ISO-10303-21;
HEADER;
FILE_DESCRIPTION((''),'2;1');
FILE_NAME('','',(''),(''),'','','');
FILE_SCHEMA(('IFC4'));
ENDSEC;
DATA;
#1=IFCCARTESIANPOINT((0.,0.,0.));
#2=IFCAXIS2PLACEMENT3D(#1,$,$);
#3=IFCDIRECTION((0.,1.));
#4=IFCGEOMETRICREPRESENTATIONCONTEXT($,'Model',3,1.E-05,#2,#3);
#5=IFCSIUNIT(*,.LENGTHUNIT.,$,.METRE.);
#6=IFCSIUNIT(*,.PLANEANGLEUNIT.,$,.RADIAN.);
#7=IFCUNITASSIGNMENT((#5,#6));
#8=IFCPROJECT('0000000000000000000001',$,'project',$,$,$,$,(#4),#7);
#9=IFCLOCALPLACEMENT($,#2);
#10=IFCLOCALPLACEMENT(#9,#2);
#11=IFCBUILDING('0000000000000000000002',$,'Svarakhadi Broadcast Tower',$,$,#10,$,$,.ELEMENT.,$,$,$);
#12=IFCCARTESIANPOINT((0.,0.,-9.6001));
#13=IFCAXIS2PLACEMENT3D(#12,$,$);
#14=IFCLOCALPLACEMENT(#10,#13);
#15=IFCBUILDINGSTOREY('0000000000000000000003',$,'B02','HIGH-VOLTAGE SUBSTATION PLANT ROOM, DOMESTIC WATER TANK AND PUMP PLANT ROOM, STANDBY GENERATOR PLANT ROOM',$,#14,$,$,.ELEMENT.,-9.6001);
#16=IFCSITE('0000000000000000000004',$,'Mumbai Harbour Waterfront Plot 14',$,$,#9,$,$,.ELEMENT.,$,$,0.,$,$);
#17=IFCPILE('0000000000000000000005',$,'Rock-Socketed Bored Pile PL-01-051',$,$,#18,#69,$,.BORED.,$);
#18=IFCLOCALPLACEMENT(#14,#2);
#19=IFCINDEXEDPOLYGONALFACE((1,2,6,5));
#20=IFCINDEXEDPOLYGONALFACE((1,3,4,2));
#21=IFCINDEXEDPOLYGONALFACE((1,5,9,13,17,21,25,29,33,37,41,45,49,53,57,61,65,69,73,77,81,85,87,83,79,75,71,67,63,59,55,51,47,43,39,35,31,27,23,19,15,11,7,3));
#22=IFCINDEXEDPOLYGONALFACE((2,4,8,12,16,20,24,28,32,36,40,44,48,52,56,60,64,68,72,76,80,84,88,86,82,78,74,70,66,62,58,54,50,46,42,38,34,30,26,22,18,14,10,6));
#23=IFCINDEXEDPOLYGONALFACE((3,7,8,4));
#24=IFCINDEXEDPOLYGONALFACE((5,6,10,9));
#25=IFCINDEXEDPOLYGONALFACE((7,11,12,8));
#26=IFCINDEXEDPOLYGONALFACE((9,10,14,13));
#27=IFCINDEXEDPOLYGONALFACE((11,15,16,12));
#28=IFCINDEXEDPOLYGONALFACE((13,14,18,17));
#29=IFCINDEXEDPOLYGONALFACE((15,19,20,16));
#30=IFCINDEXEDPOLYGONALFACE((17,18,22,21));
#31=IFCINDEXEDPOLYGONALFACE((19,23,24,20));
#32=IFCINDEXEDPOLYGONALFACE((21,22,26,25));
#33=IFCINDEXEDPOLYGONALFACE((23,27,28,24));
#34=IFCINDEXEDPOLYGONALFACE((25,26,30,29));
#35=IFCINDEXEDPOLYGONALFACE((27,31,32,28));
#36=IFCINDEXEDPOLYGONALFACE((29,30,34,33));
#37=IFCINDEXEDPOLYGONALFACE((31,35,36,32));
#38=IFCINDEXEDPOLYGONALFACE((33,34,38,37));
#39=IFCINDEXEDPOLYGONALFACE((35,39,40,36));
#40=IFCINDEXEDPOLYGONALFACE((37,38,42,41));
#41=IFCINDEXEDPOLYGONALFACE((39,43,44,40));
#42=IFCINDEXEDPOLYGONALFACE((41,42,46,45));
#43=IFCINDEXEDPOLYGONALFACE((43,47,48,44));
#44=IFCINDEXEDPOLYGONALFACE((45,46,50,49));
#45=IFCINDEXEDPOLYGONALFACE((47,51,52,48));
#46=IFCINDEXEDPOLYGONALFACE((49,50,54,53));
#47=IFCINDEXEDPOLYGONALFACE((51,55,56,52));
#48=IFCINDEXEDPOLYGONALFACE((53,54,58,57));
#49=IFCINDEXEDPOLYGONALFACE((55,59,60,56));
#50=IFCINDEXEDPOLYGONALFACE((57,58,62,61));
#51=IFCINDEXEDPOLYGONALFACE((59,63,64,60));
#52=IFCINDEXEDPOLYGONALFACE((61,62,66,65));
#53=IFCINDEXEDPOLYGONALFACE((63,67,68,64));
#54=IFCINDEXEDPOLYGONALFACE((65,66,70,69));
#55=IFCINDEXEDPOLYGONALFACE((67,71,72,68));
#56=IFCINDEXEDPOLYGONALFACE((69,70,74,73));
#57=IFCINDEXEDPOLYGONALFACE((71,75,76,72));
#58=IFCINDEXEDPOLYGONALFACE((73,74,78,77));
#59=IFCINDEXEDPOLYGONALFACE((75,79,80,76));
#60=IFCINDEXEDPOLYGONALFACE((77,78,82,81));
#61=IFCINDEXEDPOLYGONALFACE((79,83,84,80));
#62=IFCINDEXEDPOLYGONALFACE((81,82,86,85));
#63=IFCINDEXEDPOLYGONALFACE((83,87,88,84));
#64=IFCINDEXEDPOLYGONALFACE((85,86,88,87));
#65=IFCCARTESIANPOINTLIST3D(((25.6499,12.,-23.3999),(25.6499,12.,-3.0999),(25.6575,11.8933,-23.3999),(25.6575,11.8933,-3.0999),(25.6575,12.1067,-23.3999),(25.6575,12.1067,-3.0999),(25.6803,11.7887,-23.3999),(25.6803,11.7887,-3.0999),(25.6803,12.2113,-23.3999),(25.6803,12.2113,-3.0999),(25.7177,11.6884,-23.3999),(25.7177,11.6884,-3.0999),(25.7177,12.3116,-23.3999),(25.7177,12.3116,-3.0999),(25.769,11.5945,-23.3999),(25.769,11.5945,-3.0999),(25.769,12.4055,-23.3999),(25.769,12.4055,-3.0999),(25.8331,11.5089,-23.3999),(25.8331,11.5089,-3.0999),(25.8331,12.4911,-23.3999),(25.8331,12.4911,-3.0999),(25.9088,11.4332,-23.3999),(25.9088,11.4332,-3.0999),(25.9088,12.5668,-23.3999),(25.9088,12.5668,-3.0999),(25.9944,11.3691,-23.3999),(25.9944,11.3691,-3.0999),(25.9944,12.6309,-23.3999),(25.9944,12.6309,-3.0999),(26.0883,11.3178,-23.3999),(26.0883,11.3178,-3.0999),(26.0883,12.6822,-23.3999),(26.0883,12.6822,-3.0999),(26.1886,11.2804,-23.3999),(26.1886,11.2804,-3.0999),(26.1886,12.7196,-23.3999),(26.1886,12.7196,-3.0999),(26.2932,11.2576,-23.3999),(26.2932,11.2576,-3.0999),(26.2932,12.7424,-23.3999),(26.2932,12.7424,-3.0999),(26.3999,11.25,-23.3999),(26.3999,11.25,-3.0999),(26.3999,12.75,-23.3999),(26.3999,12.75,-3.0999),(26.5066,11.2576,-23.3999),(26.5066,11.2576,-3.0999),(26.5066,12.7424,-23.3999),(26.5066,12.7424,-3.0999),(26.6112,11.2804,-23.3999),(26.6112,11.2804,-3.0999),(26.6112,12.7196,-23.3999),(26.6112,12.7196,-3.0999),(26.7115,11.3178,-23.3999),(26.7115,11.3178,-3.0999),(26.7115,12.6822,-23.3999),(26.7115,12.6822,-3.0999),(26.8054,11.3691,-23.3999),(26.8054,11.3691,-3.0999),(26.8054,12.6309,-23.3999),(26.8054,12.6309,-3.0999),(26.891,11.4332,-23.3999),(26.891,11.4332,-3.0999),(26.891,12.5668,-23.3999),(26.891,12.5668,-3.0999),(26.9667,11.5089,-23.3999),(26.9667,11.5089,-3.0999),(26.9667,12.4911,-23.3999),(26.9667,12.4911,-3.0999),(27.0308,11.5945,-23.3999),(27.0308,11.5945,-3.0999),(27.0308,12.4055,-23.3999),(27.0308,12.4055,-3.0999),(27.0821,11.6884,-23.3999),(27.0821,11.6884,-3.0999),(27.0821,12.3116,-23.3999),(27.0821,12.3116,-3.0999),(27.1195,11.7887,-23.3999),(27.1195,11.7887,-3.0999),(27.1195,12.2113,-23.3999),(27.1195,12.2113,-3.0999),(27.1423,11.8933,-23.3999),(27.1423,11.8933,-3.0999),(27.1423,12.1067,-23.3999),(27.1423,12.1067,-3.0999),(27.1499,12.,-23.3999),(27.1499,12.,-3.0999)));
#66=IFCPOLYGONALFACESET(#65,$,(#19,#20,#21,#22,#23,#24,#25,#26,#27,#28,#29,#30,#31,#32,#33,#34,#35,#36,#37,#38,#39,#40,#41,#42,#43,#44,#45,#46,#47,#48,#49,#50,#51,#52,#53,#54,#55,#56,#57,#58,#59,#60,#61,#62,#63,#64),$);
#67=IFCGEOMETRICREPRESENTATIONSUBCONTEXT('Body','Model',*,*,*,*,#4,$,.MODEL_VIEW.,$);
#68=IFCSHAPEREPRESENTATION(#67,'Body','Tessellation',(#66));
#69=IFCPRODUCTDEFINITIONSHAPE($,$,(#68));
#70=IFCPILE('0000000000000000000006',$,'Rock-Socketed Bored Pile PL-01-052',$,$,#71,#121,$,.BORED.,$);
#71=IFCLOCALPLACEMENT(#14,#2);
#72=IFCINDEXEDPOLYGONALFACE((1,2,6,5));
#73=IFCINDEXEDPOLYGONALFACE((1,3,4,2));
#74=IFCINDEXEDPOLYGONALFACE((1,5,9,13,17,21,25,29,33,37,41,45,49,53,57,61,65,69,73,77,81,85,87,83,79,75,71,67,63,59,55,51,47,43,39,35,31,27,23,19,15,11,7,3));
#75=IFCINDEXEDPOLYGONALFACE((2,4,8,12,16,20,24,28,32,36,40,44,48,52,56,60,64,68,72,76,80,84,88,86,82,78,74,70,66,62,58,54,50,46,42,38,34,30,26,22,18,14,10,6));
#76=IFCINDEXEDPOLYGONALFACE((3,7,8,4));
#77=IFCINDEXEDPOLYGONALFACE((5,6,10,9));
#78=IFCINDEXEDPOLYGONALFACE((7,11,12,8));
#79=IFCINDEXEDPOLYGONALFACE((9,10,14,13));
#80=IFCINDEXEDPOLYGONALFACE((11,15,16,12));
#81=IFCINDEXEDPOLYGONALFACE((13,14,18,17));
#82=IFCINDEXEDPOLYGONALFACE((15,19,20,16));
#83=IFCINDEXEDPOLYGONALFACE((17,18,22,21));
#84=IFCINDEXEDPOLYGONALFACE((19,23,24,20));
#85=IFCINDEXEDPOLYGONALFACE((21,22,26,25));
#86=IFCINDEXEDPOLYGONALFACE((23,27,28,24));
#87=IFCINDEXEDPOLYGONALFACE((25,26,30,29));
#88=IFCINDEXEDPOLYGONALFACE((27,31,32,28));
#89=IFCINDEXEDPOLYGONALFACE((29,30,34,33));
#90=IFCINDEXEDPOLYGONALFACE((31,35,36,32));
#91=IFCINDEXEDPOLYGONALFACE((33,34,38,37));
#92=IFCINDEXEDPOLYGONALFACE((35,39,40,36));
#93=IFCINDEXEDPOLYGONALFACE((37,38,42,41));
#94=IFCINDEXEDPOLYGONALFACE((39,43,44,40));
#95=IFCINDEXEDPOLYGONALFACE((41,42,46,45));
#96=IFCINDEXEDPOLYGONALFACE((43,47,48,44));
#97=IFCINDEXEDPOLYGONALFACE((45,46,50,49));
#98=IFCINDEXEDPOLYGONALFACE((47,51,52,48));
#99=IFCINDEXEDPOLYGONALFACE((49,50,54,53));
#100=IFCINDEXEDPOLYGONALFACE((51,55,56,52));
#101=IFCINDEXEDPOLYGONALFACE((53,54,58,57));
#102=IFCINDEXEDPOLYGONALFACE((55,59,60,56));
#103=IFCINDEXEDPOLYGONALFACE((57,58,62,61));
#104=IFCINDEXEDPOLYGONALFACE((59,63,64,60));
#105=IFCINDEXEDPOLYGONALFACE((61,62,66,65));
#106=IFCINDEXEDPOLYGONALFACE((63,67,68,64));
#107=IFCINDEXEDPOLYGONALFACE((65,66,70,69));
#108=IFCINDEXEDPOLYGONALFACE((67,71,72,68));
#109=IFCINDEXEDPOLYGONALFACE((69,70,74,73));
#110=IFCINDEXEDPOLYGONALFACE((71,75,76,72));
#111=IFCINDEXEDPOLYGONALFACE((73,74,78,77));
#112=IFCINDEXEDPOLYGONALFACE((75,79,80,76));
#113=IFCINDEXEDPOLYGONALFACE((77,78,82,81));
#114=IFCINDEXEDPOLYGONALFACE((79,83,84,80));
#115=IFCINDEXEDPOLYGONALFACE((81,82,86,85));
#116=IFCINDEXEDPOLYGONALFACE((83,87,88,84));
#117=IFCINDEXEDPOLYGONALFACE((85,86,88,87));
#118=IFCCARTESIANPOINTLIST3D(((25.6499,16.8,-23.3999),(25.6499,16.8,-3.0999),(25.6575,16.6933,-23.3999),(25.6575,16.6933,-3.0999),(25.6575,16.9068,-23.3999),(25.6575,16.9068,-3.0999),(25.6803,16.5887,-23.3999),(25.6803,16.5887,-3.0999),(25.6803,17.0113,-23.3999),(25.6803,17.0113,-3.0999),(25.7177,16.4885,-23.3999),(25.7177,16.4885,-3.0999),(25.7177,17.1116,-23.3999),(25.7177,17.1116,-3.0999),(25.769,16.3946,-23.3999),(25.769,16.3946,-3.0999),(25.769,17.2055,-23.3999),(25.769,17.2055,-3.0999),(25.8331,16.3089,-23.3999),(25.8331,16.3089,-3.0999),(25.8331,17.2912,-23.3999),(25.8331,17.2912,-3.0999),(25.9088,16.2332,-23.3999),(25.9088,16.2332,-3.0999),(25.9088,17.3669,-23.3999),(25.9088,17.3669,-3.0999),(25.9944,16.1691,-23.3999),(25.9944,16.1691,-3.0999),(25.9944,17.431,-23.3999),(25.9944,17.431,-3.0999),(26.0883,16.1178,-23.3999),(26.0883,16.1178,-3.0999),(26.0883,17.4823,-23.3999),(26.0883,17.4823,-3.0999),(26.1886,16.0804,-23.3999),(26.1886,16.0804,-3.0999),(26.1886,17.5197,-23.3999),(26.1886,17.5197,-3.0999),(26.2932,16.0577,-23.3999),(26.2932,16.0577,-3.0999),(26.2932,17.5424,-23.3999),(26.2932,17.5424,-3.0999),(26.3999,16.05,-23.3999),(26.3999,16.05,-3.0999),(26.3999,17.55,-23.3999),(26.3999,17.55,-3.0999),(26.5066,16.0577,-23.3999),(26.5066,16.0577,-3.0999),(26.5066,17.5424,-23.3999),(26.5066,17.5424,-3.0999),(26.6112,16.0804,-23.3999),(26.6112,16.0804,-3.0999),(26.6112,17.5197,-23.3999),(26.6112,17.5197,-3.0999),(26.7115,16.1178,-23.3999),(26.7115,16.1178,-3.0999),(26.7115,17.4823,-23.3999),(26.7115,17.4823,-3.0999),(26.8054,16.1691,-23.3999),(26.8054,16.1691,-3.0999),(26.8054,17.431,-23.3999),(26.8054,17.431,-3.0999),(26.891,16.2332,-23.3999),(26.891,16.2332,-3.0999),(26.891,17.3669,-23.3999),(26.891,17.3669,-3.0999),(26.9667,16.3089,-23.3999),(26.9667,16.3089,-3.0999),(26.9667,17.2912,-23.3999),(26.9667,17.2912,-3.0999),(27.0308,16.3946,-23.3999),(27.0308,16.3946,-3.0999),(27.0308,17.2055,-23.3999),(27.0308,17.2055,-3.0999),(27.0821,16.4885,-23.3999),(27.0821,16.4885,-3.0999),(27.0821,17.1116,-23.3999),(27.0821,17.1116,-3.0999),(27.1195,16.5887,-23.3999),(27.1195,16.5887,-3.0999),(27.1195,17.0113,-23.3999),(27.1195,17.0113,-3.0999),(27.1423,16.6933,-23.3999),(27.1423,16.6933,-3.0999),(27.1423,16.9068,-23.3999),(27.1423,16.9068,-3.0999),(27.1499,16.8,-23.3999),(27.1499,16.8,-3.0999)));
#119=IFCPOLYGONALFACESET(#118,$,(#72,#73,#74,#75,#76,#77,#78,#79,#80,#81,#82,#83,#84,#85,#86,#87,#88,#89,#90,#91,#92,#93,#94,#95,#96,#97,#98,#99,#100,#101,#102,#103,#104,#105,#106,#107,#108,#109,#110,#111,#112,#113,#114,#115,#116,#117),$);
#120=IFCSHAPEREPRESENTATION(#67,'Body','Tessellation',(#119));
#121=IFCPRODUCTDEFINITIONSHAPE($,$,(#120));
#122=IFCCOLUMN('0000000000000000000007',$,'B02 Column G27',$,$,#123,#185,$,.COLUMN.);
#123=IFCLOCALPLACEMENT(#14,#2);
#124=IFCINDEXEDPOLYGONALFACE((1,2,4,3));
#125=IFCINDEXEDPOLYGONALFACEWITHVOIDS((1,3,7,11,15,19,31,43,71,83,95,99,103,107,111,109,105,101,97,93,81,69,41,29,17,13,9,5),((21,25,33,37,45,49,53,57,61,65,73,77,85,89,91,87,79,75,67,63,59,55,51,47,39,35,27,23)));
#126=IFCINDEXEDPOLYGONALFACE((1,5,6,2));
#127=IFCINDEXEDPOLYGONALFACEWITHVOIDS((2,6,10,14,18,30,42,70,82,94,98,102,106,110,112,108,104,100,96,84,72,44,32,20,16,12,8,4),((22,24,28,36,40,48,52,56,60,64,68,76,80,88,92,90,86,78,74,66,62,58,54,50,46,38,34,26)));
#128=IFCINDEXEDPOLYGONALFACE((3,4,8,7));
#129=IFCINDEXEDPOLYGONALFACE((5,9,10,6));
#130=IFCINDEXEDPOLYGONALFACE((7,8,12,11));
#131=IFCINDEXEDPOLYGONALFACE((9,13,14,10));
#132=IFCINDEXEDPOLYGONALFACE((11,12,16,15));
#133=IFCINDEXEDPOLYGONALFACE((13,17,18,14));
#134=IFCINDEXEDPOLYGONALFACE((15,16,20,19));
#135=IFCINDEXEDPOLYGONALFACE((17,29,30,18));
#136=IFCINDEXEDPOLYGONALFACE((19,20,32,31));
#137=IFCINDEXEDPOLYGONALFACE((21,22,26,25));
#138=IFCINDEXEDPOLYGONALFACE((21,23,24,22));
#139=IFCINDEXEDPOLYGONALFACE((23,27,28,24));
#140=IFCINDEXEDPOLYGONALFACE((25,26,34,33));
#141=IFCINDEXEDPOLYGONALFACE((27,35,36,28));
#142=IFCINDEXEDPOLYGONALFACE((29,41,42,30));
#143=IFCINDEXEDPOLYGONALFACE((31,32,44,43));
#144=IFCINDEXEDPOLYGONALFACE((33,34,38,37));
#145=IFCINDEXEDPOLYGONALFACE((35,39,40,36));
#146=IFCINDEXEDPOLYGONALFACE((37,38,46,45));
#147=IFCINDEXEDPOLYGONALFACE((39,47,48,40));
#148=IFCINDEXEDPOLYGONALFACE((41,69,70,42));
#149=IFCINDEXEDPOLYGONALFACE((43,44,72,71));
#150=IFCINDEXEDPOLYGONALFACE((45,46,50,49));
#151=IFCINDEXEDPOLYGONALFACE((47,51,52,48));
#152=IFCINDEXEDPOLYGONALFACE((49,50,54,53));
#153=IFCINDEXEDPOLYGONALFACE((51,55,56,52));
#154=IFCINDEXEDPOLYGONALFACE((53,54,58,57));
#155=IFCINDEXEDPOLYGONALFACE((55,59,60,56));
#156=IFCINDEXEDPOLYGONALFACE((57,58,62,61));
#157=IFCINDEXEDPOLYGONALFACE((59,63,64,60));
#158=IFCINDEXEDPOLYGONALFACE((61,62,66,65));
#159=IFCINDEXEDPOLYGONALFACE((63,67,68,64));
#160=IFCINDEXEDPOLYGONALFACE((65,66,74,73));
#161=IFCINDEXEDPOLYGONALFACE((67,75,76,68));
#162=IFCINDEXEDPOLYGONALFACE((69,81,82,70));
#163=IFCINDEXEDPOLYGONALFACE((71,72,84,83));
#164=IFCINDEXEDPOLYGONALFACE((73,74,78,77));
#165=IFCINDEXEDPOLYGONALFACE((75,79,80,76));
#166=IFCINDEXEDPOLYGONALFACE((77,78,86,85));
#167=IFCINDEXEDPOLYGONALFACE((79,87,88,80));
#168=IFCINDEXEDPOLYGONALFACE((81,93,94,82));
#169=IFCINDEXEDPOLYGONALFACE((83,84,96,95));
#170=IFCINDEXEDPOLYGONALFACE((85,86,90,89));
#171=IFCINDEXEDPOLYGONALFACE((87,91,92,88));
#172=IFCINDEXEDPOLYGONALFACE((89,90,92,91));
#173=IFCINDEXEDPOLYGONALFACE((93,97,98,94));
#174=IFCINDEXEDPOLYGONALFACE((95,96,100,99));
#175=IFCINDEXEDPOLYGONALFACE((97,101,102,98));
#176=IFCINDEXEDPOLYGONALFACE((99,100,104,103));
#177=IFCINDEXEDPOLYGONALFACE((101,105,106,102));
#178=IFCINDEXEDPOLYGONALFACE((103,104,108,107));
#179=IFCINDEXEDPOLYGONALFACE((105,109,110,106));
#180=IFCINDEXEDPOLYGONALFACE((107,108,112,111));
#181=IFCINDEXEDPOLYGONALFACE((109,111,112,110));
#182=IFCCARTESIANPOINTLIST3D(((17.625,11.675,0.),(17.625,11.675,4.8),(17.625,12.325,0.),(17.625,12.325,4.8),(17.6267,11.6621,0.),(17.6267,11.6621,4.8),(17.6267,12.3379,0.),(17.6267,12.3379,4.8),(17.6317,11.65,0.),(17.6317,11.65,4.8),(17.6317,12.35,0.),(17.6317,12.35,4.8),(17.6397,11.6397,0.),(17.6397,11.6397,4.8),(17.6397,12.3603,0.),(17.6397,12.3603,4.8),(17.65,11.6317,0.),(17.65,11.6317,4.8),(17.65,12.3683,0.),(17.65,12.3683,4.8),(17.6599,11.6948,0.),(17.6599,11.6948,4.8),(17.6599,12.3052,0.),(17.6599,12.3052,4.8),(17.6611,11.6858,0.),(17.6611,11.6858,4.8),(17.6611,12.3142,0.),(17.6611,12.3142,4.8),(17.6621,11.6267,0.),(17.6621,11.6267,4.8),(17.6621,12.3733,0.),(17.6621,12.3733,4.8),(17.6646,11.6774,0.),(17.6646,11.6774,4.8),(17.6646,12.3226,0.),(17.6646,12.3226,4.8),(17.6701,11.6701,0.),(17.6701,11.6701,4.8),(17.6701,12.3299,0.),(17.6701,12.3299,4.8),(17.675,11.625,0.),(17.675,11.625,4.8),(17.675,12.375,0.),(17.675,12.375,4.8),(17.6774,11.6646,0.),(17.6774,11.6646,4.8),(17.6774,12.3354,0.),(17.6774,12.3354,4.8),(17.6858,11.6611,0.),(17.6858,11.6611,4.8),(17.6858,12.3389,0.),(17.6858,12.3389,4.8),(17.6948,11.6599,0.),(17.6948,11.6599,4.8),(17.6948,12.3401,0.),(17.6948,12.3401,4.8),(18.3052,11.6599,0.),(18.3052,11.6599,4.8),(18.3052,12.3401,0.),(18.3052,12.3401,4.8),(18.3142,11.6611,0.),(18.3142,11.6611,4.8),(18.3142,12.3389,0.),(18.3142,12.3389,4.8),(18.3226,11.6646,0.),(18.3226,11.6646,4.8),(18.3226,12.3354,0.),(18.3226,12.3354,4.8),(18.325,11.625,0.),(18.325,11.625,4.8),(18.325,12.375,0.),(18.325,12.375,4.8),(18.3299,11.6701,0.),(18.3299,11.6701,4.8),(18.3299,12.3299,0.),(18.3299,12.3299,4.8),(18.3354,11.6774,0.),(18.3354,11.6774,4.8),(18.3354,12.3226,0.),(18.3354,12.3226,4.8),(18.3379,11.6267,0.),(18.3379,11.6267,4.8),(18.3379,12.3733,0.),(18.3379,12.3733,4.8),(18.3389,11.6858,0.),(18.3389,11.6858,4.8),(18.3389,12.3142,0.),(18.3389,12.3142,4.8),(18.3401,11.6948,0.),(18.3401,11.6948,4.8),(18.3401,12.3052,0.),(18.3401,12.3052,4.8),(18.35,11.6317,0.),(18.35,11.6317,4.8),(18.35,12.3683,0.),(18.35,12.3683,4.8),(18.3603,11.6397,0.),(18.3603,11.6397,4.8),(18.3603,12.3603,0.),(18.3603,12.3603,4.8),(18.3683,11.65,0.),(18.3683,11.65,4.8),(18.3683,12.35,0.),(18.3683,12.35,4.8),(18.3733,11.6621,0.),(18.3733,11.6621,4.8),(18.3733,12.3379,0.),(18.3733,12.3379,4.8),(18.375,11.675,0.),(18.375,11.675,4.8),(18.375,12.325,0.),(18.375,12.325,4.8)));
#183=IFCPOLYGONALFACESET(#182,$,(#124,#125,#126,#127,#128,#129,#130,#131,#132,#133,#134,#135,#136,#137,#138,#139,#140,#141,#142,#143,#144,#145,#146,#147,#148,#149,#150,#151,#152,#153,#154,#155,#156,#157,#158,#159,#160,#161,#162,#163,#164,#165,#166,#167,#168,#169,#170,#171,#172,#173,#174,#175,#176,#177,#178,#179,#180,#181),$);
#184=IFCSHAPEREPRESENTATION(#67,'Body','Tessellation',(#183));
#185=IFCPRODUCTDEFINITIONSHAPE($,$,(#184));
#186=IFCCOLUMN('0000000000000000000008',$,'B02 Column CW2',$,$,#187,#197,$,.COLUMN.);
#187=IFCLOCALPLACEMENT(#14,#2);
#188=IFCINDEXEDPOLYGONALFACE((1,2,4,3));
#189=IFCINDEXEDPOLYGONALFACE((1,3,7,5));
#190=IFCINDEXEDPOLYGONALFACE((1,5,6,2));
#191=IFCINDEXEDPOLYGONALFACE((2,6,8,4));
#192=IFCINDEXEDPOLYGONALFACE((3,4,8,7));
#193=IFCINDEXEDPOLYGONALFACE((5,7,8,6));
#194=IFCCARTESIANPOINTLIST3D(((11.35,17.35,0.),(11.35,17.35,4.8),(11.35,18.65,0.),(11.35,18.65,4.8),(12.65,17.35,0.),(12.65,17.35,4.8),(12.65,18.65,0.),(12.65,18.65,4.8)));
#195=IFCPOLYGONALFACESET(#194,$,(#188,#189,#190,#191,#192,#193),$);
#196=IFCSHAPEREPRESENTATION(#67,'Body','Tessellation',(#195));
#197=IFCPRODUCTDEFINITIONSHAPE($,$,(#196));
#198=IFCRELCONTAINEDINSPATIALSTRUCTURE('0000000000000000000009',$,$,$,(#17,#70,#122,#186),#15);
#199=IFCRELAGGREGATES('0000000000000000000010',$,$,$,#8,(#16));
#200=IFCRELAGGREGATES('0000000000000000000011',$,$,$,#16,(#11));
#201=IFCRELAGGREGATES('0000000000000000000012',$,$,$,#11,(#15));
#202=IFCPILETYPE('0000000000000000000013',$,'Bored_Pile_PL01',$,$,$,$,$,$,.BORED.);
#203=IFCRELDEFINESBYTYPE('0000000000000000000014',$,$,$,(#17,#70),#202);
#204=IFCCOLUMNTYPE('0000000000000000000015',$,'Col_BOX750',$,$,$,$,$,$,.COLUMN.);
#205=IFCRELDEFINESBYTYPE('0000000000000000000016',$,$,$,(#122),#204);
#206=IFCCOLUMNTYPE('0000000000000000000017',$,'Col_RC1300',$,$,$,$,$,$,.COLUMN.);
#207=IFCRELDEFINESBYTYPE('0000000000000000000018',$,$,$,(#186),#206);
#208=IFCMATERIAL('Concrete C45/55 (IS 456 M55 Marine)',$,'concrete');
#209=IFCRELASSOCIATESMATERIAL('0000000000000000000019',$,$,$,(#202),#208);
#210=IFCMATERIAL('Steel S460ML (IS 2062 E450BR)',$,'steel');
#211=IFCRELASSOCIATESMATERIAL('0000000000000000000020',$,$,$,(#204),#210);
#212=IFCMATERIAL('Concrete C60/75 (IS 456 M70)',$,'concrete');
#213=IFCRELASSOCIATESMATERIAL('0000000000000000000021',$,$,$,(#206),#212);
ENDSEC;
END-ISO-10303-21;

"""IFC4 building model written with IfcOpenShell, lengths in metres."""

from ifc_helpers import new_model, si_unit, direction, frame, origin, origin_2d, place, context, subcontext, project, spatial, rectangle, hollow_rectangle, circle, extrude, material, material_profile, profile_set, type_object, element, save


model = new_model("IFC4")

# Units and contexts
model_context = context("Model", 3, precision=1e-05, world=origin(), true_north=direction((0.0, 1.0)))
body_context = subcontext(model_context, "Body", "Model", "MODEL_VIEW")
ifc_project = project(units=[si_unit("LENGTHUNIT", "METRE"), si_unit("PLANEANGLEUNIT", "RADIAN")], contexts=[model_context])

# Site, building, storey
site_placement = place(None, origin())
site = spatial("IfcSite", under=ifc_project, at=site_placement, Name="Mumbai Harbour Waterfront Plot 14", CompositionType="ELEMENT", RefElevation=0.0)
building_placement = place(site_placement, origin())
building = spatial("IfcBuilding", under=site, at=building_placement, Name="Svarakhadi Broadcast Tower", CompositionType="ELEMENT")
storey_placement = place(building_placement, frame((0.0, 0.0, -9.6001)))
storey = spatial("IfcBuildingStorey", under=building, at=storey_placement, Name="B02", Description="HIGH-VOLTAGE SUBSTATION PLANT ROOM, DOMESTIC WATER TANK AND PUMP PLANT ROOM, STANDBY GENERATOR PLANT ROOM", CompositionType="ELEMENT", Elevation=-9.6001)

# Piles
ifc_material_1 = material(Name="Concrete C45/55 (IS 456 M55 Marine)", Category="concrete")
ifc_material_profile_1 = material_profile(ifc_material_1, circle(Radius=0.75, at=origin_2d()), Name="PILE D1500")
ifc_profile_set_1 = profile_set([ifc_material_profile_1], Name="Concrete C45/55 (IS 456 M55 Marine)")
pile_type = type_object("IfcPileType", Name="Bored_Pile_PL01", PredefinedType="BORED", material=ifc_profile_set_1)
for number, where, z_axis, x_axis, name in (
    (1, (26.3999, 12.0, -3.0999), (0.0, 0.0, -1.0), (1.0, 0.0, 0.0), "Rock-Socketed Bored Pile PL-01-051"),
    (2, (26.3999, 16.8, -3.0999), (0.0, 0.0, -1.0), (1.0, 0.0, 0.0), "Rock-Socketed Bored Pile PL-01-052"),
):
    element("IfcPile", number, at=place(storey_placement, frame(where, z_axis=z_axis, x_axis=x_axis)), inside=storey, type_object=pile_type, Name=name, PredefinedType="BORED", context=body_context, shape_type="SweptSolid", body=[
        extrude(circle(Radius=0.75, at=origin_2d()), origin(), (0.0, 0.0, 1.0), 20.3),
    ])

# Columns
ifc_material_2 = material(Name="Steel S460ML (IS 2062 E450BR)", Category="steel")
ifc_material_profile_2 = material_profile(ifc_material_2, hollow_rectangle(XDim=0.75, YDim=0.75, WallThickness=0.0349, InnerFilletRadius=0.0349, OuterFilletRadius=0.05, at=origin_2d()), Name="BOX 750x750x35")
ifc_profile_set_2 = profile_set([ifc_material_profile_2], Name="Steel S460ML (IS 2062 E450BR)")
column_type_1 = type_object("IfcColumnType", Name="Col_BOX750", PredefinedType="COLUMN", material=ifc_profile_set_2)
column_1_placement = place(storey_placement, frame((18.0, 12.0, 0.0), z_axis=(0.0, 0.0, 1.0), x_axis=(1.0, 0.0, 0.0)))
element("IfcColumn", 3, at=column_1_placement, inside=storey, type_object=column_type_1, Name="B02 Column G27", PredefinedType="COLUMN", context=body_context, shape_type="SweptSolid", body=[
    extrude(hollow_rectangle(XDim=0.75, YDim=0.75, WallThickness=0.0349, InnerFilletRadius=0.0349, OuterFilletRadius=0.05, at=origin_2d()), origin(), (0.0, 0.0, 1.0), 4.8),
])
ifc_material_3 = material(Name="Concrete C60/75 (IS 456 M70)", Category="concrete")
ifc_material_profile_3 = material_profile(ifc_material_3, rectangle(XDim=1.3, YDim=1.3, at=origin_2d()), Name="RC 1300x1300")
ifc_profile_set_3 = profile_set([ifc_material_profile_3], Name="Concrete C60/75 (IS 456 M70)")
column_type_2 = type_object("IfcColumnType", Name="Col_RC1300", PredefinedType="COLUMN", material=ifc_profile_set_3)
for number, where, z_axis, x_axis, name in (
    (4, (12.0, 18.0, 0.0), (0.0, 0.0, 1.0), (1.0, 0.0, 0.0), "B02 Column CW2"),
):
    element("IfcColumn", number, at=place(storey_placement, frame(where, z_axis=z_axis, x_axis=x_axis)), inside=storey, type_object=column_type_2, Name=name, PredefinedType="COLUMN", context=body_context, shape_type="SweptSolid", body=[
        extrude(rectangle(XDim=1.3, YDim=1.3, at=origin_2d()), origin(), (0.0, 0.0, 1.0), 4.8),
    ])

save(model, "model.ifc")
